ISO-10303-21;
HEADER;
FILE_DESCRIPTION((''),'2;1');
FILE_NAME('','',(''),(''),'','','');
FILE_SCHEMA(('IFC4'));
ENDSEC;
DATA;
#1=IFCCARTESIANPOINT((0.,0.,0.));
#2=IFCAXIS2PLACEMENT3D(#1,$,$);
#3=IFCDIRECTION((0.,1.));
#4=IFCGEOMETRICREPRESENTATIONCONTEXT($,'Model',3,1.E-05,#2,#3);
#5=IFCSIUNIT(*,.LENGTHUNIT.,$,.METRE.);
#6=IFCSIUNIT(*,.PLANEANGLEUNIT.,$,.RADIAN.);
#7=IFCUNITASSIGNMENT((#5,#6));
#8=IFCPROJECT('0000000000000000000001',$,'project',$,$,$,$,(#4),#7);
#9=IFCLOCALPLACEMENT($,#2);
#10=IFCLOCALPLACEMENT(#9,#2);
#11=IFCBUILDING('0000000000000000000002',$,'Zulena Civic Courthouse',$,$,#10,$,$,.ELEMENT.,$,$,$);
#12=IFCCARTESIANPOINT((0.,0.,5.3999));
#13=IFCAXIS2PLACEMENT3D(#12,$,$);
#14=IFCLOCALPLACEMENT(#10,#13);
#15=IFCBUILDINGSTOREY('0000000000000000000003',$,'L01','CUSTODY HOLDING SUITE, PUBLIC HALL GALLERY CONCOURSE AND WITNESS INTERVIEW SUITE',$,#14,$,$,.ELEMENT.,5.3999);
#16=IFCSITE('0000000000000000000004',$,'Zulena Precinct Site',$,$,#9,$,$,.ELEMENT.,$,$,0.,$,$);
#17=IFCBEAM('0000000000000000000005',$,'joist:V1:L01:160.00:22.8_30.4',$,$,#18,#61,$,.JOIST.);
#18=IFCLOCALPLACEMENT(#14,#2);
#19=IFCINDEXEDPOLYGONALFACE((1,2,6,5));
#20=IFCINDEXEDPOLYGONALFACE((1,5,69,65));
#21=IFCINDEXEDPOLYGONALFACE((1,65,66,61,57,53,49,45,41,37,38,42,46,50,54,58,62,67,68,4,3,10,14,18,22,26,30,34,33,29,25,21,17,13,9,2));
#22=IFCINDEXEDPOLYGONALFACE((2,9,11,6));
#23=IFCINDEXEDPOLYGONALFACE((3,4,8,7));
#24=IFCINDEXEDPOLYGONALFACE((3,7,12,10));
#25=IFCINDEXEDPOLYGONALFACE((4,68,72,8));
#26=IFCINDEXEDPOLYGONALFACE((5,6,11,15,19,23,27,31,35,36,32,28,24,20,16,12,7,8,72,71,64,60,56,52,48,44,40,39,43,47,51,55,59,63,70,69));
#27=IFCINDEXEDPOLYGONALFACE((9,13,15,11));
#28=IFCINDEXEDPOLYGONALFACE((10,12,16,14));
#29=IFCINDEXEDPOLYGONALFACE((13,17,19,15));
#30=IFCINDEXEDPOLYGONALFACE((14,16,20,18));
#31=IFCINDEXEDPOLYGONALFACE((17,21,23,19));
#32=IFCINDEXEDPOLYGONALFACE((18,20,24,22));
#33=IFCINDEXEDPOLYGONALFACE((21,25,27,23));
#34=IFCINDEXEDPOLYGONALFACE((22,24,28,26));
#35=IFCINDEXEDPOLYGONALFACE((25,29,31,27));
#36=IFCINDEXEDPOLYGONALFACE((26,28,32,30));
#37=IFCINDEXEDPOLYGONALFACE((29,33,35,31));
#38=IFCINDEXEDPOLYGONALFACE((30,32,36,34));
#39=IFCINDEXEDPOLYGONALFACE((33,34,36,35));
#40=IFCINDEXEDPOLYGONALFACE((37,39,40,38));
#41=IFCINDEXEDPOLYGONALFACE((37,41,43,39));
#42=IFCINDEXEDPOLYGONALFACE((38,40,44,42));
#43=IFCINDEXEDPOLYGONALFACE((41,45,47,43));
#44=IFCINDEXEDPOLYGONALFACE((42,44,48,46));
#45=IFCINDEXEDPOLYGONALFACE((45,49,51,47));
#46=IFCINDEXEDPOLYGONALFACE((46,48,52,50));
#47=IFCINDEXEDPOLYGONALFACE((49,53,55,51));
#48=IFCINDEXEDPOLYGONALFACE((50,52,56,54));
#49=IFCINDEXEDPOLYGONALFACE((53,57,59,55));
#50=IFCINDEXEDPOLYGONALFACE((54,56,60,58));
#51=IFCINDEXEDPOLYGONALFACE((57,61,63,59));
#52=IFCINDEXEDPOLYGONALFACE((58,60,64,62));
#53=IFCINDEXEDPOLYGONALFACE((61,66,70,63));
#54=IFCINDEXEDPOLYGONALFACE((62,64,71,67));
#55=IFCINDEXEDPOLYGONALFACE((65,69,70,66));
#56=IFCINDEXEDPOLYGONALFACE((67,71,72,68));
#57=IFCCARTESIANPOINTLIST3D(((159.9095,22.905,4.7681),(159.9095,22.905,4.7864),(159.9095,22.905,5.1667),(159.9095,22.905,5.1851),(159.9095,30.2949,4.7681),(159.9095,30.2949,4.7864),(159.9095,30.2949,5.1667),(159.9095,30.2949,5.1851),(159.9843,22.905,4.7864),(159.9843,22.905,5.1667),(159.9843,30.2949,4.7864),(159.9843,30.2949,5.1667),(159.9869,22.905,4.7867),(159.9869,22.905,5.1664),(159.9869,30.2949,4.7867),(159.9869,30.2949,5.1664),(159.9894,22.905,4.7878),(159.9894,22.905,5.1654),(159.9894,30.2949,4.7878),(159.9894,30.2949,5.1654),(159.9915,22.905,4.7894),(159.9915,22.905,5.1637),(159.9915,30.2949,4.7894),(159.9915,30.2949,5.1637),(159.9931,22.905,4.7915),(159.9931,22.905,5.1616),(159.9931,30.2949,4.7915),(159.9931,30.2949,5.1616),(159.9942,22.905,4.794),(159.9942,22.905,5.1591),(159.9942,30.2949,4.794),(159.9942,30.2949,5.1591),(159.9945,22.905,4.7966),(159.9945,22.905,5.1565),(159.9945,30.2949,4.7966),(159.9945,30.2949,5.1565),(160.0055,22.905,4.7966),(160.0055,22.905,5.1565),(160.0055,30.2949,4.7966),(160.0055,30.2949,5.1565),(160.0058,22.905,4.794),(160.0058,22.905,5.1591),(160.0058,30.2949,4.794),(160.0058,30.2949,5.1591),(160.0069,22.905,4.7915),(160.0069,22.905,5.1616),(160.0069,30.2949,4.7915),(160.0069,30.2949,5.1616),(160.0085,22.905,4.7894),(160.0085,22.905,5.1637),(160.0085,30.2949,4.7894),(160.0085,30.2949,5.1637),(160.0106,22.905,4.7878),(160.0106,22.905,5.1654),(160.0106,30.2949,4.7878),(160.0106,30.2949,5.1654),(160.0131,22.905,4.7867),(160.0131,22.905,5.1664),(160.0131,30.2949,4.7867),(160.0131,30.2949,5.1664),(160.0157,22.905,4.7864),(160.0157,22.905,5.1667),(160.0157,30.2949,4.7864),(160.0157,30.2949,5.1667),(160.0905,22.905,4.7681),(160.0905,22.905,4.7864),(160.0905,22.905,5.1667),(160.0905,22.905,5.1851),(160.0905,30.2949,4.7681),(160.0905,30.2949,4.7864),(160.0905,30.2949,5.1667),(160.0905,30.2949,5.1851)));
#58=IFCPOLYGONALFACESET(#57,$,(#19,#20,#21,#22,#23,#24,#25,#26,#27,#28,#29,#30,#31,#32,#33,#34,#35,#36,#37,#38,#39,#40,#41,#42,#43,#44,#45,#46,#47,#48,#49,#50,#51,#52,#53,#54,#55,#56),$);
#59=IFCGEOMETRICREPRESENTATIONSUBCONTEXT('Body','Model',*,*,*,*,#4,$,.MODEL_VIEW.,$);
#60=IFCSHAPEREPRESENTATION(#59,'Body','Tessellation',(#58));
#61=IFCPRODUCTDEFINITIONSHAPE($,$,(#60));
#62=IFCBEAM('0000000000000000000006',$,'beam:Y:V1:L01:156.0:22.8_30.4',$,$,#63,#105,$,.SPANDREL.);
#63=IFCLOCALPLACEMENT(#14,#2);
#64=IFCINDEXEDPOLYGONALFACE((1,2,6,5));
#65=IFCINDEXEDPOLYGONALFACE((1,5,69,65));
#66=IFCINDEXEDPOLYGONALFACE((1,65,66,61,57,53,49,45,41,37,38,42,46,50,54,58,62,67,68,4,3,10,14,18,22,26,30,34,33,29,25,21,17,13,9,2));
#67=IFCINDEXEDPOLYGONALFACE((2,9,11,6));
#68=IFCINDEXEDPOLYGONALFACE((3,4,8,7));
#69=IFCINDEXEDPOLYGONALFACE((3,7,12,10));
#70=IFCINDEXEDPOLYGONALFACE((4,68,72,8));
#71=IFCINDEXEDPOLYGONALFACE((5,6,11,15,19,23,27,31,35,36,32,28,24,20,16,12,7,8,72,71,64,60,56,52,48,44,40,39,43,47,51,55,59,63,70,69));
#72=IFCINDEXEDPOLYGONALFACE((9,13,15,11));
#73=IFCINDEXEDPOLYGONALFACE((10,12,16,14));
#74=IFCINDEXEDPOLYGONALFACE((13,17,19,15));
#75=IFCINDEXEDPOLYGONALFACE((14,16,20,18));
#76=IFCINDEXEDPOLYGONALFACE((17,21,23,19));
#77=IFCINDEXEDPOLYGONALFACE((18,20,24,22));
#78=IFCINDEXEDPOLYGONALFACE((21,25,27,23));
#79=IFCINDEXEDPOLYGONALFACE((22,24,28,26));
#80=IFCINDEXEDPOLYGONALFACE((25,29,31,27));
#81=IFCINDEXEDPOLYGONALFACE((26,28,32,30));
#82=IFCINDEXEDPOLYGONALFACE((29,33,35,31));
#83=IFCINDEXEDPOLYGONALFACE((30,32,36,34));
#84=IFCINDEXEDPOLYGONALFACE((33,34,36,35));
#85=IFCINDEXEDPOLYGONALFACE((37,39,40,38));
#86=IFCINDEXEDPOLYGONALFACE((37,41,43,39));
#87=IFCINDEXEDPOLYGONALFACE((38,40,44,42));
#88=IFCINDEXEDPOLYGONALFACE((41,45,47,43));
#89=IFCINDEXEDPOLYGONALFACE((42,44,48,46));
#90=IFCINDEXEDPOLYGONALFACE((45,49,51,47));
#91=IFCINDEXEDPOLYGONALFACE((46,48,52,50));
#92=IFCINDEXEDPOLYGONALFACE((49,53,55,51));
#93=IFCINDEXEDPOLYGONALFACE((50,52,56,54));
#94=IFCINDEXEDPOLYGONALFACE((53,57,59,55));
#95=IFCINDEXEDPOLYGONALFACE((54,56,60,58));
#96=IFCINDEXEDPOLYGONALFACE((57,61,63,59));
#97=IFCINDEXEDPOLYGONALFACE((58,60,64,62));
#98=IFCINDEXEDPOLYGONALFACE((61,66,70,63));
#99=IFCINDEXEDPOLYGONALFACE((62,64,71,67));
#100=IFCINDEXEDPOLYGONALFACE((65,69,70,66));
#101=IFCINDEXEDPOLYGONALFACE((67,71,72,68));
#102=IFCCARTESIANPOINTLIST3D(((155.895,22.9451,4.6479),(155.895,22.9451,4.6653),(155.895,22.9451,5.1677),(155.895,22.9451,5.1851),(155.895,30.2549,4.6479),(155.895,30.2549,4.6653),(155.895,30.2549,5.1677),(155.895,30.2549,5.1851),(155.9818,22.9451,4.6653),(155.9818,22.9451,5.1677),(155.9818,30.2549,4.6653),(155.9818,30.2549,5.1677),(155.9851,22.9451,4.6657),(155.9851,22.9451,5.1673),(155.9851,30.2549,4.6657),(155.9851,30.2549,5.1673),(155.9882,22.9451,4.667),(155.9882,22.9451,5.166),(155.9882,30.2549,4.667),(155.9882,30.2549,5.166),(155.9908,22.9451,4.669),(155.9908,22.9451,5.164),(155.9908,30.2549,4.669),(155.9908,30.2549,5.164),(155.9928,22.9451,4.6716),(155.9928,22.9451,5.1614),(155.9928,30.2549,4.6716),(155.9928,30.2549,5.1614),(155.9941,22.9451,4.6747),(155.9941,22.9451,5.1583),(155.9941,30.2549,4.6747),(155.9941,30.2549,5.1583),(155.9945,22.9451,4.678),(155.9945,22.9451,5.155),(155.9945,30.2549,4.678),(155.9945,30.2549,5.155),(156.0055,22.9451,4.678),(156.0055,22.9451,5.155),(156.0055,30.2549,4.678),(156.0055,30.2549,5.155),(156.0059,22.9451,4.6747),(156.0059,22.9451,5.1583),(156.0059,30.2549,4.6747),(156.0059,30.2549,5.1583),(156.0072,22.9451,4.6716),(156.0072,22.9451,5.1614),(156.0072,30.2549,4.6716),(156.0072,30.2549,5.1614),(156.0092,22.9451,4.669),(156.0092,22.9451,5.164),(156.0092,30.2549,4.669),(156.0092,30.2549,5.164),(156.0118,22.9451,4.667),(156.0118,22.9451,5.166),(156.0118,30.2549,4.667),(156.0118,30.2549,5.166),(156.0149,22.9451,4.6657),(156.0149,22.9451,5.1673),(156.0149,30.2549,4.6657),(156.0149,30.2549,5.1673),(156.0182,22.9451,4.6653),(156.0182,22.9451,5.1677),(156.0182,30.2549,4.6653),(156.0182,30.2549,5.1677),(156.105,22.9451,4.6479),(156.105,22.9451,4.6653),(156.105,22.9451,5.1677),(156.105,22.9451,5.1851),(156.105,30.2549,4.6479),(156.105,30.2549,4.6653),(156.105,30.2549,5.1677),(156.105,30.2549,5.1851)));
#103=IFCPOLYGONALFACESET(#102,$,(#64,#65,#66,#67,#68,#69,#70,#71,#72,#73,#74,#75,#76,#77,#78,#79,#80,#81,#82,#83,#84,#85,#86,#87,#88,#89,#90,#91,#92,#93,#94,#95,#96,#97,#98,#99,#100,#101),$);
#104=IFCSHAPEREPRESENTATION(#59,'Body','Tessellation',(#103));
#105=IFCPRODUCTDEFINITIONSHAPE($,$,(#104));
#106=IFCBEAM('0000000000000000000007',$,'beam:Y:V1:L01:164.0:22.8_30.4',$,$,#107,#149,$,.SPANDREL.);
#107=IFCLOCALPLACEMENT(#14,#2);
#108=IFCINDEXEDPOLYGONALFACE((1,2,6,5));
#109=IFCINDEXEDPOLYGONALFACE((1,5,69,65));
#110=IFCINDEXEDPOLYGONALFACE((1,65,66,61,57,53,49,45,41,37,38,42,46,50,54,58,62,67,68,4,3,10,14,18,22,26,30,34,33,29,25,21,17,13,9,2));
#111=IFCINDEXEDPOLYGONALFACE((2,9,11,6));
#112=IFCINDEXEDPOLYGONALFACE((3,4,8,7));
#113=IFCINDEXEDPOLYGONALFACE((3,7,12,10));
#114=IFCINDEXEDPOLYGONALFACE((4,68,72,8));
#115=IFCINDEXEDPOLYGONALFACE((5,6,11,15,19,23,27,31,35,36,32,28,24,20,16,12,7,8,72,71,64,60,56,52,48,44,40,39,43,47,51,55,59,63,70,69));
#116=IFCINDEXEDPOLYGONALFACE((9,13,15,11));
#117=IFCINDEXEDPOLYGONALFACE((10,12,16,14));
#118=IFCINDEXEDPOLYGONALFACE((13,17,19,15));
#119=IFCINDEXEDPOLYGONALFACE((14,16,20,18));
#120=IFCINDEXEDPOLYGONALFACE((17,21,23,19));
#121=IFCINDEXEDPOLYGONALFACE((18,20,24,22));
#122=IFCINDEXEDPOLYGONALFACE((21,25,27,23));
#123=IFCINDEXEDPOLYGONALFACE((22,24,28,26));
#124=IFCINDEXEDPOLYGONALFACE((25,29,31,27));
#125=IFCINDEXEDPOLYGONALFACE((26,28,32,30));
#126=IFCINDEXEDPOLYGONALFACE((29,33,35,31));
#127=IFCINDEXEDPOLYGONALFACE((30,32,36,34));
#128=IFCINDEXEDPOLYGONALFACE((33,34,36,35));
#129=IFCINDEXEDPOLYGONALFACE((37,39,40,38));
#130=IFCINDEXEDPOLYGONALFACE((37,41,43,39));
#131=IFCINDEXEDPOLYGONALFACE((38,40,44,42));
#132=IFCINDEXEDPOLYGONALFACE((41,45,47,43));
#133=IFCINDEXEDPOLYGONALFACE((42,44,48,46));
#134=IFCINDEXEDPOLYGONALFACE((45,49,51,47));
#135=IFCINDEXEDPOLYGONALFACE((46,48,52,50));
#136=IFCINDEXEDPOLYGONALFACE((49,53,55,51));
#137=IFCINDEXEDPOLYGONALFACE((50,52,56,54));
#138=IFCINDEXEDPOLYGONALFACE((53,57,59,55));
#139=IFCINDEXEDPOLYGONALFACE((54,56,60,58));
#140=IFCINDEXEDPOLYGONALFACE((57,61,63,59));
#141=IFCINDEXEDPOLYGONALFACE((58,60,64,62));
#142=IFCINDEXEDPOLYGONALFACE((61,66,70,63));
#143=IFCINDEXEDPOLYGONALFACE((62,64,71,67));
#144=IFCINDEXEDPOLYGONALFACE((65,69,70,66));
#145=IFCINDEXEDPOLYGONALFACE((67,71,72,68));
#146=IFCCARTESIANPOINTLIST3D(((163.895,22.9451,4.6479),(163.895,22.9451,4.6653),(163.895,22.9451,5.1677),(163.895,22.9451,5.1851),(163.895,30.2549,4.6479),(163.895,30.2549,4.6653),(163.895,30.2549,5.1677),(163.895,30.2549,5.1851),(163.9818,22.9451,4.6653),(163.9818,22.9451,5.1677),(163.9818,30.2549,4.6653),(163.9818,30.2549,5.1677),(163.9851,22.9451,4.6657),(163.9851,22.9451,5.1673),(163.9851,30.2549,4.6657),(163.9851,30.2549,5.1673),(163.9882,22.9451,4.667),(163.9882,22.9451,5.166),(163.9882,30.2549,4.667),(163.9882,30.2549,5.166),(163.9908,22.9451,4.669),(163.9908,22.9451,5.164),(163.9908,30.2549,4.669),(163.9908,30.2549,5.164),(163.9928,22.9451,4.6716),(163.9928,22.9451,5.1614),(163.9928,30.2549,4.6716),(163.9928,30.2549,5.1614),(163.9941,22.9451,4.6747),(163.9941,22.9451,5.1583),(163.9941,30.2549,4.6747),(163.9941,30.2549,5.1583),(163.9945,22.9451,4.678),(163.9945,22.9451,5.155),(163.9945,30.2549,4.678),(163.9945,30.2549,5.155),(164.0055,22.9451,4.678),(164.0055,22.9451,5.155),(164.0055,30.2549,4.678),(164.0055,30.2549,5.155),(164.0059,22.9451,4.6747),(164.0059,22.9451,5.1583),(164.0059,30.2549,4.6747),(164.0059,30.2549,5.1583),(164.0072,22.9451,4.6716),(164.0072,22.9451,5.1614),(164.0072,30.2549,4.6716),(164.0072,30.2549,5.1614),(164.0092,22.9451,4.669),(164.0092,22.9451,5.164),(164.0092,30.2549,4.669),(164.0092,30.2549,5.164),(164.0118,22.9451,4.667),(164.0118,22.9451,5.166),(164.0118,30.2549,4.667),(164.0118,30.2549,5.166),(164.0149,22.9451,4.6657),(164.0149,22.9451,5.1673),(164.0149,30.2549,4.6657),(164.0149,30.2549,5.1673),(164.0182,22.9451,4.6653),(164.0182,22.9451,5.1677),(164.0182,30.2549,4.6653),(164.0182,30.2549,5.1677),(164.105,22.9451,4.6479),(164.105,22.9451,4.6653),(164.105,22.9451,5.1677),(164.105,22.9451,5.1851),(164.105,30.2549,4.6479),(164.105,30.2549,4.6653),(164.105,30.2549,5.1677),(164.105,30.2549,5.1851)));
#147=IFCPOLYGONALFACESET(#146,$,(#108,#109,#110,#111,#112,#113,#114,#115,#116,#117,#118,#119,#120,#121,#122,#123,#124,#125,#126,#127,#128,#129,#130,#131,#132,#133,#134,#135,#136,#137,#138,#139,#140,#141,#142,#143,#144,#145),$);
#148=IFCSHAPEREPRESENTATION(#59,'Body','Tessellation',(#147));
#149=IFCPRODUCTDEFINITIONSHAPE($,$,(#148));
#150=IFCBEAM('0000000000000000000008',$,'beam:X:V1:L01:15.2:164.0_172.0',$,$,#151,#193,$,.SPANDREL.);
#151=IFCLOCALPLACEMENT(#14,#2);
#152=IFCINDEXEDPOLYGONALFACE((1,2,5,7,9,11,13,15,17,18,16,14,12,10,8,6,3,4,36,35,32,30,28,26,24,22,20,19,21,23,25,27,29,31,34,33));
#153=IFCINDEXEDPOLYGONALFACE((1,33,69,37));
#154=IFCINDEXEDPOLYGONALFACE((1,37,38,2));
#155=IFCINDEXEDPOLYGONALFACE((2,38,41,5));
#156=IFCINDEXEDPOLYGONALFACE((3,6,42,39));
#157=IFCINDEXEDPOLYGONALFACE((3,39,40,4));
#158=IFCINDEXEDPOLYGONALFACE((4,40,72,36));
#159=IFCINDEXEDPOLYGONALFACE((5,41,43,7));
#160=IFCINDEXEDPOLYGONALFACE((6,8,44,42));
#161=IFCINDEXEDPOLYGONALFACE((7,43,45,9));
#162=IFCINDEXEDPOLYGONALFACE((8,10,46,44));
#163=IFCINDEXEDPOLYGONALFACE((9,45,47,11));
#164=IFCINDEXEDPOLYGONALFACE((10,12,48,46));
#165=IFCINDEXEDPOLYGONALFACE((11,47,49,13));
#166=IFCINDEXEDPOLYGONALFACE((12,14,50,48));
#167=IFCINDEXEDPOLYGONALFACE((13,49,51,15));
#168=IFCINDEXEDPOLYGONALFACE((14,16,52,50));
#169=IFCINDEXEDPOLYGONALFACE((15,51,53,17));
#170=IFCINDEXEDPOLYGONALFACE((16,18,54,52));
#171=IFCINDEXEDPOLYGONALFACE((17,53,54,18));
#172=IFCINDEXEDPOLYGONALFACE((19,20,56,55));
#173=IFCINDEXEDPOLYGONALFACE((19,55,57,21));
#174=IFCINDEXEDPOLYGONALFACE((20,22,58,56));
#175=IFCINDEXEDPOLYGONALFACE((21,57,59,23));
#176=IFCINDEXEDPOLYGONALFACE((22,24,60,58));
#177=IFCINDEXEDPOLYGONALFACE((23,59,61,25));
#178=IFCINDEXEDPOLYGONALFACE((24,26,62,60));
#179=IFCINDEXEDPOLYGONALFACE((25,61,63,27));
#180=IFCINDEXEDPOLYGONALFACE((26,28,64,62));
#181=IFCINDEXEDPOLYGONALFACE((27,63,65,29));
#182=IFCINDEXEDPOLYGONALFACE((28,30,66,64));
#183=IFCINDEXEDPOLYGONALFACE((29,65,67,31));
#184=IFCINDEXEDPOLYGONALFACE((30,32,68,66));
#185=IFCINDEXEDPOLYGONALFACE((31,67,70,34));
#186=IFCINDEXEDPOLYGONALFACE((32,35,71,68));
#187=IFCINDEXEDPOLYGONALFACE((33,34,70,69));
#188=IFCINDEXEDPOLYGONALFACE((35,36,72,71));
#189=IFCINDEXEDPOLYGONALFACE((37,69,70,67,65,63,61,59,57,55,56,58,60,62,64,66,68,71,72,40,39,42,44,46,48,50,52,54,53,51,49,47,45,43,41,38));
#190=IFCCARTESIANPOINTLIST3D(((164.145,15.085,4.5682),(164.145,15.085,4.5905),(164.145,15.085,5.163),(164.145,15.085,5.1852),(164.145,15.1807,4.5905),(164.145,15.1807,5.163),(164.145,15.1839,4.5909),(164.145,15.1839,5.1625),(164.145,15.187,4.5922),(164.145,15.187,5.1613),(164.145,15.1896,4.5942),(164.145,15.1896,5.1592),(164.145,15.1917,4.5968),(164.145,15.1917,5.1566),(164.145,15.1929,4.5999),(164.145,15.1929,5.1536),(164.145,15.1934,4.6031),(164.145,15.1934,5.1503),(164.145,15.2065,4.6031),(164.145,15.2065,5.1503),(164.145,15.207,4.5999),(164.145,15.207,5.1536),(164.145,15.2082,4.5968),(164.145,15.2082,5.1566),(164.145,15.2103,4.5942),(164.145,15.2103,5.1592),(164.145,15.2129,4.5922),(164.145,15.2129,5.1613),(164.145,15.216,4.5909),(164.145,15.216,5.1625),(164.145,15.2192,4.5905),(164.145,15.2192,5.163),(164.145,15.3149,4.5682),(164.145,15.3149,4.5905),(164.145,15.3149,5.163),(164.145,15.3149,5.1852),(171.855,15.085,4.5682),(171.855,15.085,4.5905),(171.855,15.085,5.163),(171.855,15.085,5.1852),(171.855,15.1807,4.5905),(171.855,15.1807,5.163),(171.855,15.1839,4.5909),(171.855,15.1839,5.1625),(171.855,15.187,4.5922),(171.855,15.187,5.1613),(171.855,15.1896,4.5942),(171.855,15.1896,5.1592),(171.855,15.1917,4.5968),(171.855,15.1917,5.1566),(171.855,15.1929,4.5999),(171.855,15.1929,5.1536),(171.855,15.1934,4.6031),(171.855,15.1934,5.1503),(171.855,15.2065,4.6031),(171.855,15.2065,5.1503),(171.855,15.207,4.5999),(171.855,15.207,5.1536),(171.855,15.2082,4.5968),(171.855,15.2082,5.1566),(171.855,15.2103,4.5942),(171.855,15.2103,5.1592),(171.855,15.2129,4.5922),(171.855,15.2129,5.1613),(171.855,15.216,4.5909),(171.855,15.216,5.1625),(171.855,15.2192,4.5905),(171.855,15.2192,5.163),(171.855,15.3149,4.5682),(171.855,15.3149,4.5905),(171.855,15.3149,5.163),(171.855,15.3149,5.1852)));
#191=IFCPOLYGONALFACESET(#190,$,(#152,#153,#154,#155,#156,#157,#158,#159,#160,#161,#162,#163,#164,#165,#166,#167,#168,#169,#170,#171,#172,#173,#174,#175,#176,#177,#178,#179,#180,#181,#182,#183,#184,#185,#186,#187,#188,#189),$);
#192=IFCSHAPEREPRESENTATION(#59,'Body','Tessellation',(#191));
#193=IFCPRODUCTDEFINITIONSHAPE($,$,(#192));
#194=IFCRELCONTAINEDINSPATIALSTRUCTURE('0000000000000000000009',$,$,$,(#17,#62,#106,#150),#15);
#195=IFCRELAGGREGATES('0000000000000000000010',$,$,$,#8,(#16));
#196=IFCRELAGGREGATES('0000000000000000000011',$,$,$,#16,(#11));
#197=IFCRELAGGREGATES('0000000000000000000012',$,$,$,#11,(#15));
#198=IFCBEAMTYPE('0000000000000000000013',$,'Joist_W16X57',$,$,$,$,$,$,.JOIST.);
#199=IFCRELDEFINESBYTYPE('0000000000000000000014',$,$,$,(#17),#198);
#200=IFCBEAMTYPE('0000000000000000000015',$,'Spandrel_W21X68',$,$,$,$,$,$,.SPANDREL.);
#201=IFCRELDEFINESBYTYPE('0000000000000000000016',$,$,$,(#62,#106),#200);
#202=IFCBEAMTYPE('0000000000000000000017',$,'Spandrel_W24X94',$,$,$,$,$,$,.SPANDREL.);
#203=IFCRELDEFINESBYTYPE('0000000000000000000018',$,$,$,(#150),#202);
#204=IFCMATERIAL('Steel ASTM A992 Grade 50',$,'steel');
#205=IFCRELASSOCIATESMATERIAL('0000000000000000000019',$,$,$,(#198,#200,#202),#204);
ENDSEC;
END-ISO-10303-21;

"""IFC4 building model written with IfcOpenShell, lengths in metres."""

from ifc_helpers import new_model, si_unit, direction, frame, origin, origin_2d, place, context, subcontext, project, spatial, i_section, extrude, material, material_profile, profile_set, type_object, element, save


model = new_model("IFC4")

# Units and contexts
model_context = context("Model", 3, precision=1e-05, world=origin(), true_north=direction((0.0, 1.0)))
body_context = subcontext(model_context, "Body", "Model", "MODEL_VIEW")
ifc_project = project(units=[si_unit("LENGTHUNIT", "METRE"), si_unit("PLANEANGLEUNIT", "RADIAN")], contexts=[model_context])

# Site, building, storey
site_placement = place(None, origin())
site = spatial("IfcSite", under=ifc_project, at=site_placement, Name="Zulena Precinct Site", CompositionType="ELEMENT", RefElevation=0.0)
building_placement = place(site_placement, origin())
building = spatial("IfcBuilding", under=site, at=building_placement, Name="Zulena Civic Courthouse", CompositionType="ELEMENT")
storey_placement = place(building_placement, frame((0.0, 0.0, 5.3999)))
storey = spatial("IfcBuildingStorey", under=building, at=storey_placement, Name="L01", Description="CUSTODY HOLDING SUITE, PUBLIC HALL GALLERY CONCOURSE AND WITNESS INTERVIEW SUITE", CompositionType="ELEMENT", Elevation=5.3999)

# Shared definitions
ifc_material_1 = material(Name="Steel ASTM A992 Grade 50", Category="steel")

# Beams
ifc_material_profile_1 = material_profile(ifc_material_1, i_section(OverallWidth=0.1809, OverallDepth=0.417, WebThickness=0.011, FlangeThickness=0.0183, FilletRadius=0.0103, at=origin_2d()), Name="W16X57")
ifc_profile_set_1 = profile_set([ifc_material_profile_1], Name="Steel ASTM A992 Grade 50")
beam_type_1 = type_object("IfcBeamType", Name="Joist_W16X57", PredefinedType="JOIST", material=ifc_profile_set_1)
beam_1_placement = place(storey_placement, frame((160.0, 22.905, 4.9766), z_axis=(0.0, 1.0, 0.0), x_axis=(-1.0, 0.0, 0.0)))
element("IfcBeam", 1, at=beam_1_placement, inside=storey, type_object=beam_type_1, Name="joist:V1:L01:160.00:22.8_30.4", PredefinedType="JOIST", context=body_context, shape_type="SweptSolid", body=[
    extrude(i_section(OverallWidth=0.1809, OverallDepth=0.417, WebThickness=0.011, FlangeThickness=0.0183, FilletRadius=0.0103, at=origin_2d()), origin(), (0.0, 0.0, 1.0), 7.3899),
])
ifc_material_profile_2 = material_profile(ifc_material_1, i_section(OverallWidth=0.21, OverallDepth=0.5371, WebThickness=0.011, FlangeThickness=0.0173, FilletRadius=0.0127, at=origin_2d()), Name="W21X68")
ifc_profile_set_2 = profile_set([ifc_material_profile_2], Name="Steel ASTM A992 Grade 50")
beam_type_2 = type_object("IfcBeamType", Name="Spandrel_W21X68", PredefinedType="SPANDREL", material=ifc_profile_set_2)
for number, where, z_axis, x_axis, name in (
    (2, (156.0, 22.9451, 4.9165), (0.0, 1.0, 0.0), (-1.0, 0.0, 0.0), "beam:Y:V1:L01:156.0:22.8_30.4"),
    (3, (164.0, 22.9451, 4.9165), (0.0, 1.0, 0.0), (-1.0, 0.0, 0.0), "beam:Y:V1:L01:164.0:22.8_30.4"),
):
    element("IfcBeam", number, at=place(storey_placement, frame(where, z_axis=z_axis, x_axis=x_axis)), inside=storey, type_object=beam_type_2, Name=name, PredefinedType="SPANDREL", context=body_context, shape_type="SweptSolid", body=[
        extrude(i_section(OverallWidth=0.21, OverallDepth=0.5371, WebThickness=0.011, FlangeThickness=0.0173, FilletRadius=0.0127, at=origin_2d()), origin(), (0.0, 0.0, 1.0), 7.3098),
    ])
ifc_material_profile_3 = material_profile(ifc_material_1, i_section(OverallWidth=0.23, OverallDepth=0.6169, WebThickness=0.0132, FlangeThickness=0.0222, FilletRadius=0.0127, at=origin_2d()), Name="W24X94")
ifc_profile_set_3 = profile_set([ifc_material_profile_3], Name="Steel ASTM A992 Grade 50")
beam_type_3 = type_object("IfcBeamType", Name="Spandrel_W24X94", PredefinedType="SPANDREL", material=ifc_profile_set_3)
for number, where, z_axis, x_axis, name in (
    (4, (164.145, 15.2, 4.8767), (1.0, 0.0, 0.0), (0.0, 1.0, 0.0), "beam:X:V1:L01:15.2:164.0_172.0"),
):
    element("IfcBeam", number, at=place(storey_placement, frame(where, z_axis=z_axis, x_axis=x_axis)), inside=storey, type_object=beam_type_3, Name=name, PredefinedType="SPANDREL", context=body_context, shape_type="SweptSolid", body=[
        extrude(i_section(OverallWidth=0.23, OverallDepth=0.6169, WebThickness=0.0132, FlangeThickness=0.0222, FilletRadius=0.0127, at=origin_2d()), origin(), (0.0, 0.0, 1.0), 7.71),
    ])

save(model, "model.ifc")
